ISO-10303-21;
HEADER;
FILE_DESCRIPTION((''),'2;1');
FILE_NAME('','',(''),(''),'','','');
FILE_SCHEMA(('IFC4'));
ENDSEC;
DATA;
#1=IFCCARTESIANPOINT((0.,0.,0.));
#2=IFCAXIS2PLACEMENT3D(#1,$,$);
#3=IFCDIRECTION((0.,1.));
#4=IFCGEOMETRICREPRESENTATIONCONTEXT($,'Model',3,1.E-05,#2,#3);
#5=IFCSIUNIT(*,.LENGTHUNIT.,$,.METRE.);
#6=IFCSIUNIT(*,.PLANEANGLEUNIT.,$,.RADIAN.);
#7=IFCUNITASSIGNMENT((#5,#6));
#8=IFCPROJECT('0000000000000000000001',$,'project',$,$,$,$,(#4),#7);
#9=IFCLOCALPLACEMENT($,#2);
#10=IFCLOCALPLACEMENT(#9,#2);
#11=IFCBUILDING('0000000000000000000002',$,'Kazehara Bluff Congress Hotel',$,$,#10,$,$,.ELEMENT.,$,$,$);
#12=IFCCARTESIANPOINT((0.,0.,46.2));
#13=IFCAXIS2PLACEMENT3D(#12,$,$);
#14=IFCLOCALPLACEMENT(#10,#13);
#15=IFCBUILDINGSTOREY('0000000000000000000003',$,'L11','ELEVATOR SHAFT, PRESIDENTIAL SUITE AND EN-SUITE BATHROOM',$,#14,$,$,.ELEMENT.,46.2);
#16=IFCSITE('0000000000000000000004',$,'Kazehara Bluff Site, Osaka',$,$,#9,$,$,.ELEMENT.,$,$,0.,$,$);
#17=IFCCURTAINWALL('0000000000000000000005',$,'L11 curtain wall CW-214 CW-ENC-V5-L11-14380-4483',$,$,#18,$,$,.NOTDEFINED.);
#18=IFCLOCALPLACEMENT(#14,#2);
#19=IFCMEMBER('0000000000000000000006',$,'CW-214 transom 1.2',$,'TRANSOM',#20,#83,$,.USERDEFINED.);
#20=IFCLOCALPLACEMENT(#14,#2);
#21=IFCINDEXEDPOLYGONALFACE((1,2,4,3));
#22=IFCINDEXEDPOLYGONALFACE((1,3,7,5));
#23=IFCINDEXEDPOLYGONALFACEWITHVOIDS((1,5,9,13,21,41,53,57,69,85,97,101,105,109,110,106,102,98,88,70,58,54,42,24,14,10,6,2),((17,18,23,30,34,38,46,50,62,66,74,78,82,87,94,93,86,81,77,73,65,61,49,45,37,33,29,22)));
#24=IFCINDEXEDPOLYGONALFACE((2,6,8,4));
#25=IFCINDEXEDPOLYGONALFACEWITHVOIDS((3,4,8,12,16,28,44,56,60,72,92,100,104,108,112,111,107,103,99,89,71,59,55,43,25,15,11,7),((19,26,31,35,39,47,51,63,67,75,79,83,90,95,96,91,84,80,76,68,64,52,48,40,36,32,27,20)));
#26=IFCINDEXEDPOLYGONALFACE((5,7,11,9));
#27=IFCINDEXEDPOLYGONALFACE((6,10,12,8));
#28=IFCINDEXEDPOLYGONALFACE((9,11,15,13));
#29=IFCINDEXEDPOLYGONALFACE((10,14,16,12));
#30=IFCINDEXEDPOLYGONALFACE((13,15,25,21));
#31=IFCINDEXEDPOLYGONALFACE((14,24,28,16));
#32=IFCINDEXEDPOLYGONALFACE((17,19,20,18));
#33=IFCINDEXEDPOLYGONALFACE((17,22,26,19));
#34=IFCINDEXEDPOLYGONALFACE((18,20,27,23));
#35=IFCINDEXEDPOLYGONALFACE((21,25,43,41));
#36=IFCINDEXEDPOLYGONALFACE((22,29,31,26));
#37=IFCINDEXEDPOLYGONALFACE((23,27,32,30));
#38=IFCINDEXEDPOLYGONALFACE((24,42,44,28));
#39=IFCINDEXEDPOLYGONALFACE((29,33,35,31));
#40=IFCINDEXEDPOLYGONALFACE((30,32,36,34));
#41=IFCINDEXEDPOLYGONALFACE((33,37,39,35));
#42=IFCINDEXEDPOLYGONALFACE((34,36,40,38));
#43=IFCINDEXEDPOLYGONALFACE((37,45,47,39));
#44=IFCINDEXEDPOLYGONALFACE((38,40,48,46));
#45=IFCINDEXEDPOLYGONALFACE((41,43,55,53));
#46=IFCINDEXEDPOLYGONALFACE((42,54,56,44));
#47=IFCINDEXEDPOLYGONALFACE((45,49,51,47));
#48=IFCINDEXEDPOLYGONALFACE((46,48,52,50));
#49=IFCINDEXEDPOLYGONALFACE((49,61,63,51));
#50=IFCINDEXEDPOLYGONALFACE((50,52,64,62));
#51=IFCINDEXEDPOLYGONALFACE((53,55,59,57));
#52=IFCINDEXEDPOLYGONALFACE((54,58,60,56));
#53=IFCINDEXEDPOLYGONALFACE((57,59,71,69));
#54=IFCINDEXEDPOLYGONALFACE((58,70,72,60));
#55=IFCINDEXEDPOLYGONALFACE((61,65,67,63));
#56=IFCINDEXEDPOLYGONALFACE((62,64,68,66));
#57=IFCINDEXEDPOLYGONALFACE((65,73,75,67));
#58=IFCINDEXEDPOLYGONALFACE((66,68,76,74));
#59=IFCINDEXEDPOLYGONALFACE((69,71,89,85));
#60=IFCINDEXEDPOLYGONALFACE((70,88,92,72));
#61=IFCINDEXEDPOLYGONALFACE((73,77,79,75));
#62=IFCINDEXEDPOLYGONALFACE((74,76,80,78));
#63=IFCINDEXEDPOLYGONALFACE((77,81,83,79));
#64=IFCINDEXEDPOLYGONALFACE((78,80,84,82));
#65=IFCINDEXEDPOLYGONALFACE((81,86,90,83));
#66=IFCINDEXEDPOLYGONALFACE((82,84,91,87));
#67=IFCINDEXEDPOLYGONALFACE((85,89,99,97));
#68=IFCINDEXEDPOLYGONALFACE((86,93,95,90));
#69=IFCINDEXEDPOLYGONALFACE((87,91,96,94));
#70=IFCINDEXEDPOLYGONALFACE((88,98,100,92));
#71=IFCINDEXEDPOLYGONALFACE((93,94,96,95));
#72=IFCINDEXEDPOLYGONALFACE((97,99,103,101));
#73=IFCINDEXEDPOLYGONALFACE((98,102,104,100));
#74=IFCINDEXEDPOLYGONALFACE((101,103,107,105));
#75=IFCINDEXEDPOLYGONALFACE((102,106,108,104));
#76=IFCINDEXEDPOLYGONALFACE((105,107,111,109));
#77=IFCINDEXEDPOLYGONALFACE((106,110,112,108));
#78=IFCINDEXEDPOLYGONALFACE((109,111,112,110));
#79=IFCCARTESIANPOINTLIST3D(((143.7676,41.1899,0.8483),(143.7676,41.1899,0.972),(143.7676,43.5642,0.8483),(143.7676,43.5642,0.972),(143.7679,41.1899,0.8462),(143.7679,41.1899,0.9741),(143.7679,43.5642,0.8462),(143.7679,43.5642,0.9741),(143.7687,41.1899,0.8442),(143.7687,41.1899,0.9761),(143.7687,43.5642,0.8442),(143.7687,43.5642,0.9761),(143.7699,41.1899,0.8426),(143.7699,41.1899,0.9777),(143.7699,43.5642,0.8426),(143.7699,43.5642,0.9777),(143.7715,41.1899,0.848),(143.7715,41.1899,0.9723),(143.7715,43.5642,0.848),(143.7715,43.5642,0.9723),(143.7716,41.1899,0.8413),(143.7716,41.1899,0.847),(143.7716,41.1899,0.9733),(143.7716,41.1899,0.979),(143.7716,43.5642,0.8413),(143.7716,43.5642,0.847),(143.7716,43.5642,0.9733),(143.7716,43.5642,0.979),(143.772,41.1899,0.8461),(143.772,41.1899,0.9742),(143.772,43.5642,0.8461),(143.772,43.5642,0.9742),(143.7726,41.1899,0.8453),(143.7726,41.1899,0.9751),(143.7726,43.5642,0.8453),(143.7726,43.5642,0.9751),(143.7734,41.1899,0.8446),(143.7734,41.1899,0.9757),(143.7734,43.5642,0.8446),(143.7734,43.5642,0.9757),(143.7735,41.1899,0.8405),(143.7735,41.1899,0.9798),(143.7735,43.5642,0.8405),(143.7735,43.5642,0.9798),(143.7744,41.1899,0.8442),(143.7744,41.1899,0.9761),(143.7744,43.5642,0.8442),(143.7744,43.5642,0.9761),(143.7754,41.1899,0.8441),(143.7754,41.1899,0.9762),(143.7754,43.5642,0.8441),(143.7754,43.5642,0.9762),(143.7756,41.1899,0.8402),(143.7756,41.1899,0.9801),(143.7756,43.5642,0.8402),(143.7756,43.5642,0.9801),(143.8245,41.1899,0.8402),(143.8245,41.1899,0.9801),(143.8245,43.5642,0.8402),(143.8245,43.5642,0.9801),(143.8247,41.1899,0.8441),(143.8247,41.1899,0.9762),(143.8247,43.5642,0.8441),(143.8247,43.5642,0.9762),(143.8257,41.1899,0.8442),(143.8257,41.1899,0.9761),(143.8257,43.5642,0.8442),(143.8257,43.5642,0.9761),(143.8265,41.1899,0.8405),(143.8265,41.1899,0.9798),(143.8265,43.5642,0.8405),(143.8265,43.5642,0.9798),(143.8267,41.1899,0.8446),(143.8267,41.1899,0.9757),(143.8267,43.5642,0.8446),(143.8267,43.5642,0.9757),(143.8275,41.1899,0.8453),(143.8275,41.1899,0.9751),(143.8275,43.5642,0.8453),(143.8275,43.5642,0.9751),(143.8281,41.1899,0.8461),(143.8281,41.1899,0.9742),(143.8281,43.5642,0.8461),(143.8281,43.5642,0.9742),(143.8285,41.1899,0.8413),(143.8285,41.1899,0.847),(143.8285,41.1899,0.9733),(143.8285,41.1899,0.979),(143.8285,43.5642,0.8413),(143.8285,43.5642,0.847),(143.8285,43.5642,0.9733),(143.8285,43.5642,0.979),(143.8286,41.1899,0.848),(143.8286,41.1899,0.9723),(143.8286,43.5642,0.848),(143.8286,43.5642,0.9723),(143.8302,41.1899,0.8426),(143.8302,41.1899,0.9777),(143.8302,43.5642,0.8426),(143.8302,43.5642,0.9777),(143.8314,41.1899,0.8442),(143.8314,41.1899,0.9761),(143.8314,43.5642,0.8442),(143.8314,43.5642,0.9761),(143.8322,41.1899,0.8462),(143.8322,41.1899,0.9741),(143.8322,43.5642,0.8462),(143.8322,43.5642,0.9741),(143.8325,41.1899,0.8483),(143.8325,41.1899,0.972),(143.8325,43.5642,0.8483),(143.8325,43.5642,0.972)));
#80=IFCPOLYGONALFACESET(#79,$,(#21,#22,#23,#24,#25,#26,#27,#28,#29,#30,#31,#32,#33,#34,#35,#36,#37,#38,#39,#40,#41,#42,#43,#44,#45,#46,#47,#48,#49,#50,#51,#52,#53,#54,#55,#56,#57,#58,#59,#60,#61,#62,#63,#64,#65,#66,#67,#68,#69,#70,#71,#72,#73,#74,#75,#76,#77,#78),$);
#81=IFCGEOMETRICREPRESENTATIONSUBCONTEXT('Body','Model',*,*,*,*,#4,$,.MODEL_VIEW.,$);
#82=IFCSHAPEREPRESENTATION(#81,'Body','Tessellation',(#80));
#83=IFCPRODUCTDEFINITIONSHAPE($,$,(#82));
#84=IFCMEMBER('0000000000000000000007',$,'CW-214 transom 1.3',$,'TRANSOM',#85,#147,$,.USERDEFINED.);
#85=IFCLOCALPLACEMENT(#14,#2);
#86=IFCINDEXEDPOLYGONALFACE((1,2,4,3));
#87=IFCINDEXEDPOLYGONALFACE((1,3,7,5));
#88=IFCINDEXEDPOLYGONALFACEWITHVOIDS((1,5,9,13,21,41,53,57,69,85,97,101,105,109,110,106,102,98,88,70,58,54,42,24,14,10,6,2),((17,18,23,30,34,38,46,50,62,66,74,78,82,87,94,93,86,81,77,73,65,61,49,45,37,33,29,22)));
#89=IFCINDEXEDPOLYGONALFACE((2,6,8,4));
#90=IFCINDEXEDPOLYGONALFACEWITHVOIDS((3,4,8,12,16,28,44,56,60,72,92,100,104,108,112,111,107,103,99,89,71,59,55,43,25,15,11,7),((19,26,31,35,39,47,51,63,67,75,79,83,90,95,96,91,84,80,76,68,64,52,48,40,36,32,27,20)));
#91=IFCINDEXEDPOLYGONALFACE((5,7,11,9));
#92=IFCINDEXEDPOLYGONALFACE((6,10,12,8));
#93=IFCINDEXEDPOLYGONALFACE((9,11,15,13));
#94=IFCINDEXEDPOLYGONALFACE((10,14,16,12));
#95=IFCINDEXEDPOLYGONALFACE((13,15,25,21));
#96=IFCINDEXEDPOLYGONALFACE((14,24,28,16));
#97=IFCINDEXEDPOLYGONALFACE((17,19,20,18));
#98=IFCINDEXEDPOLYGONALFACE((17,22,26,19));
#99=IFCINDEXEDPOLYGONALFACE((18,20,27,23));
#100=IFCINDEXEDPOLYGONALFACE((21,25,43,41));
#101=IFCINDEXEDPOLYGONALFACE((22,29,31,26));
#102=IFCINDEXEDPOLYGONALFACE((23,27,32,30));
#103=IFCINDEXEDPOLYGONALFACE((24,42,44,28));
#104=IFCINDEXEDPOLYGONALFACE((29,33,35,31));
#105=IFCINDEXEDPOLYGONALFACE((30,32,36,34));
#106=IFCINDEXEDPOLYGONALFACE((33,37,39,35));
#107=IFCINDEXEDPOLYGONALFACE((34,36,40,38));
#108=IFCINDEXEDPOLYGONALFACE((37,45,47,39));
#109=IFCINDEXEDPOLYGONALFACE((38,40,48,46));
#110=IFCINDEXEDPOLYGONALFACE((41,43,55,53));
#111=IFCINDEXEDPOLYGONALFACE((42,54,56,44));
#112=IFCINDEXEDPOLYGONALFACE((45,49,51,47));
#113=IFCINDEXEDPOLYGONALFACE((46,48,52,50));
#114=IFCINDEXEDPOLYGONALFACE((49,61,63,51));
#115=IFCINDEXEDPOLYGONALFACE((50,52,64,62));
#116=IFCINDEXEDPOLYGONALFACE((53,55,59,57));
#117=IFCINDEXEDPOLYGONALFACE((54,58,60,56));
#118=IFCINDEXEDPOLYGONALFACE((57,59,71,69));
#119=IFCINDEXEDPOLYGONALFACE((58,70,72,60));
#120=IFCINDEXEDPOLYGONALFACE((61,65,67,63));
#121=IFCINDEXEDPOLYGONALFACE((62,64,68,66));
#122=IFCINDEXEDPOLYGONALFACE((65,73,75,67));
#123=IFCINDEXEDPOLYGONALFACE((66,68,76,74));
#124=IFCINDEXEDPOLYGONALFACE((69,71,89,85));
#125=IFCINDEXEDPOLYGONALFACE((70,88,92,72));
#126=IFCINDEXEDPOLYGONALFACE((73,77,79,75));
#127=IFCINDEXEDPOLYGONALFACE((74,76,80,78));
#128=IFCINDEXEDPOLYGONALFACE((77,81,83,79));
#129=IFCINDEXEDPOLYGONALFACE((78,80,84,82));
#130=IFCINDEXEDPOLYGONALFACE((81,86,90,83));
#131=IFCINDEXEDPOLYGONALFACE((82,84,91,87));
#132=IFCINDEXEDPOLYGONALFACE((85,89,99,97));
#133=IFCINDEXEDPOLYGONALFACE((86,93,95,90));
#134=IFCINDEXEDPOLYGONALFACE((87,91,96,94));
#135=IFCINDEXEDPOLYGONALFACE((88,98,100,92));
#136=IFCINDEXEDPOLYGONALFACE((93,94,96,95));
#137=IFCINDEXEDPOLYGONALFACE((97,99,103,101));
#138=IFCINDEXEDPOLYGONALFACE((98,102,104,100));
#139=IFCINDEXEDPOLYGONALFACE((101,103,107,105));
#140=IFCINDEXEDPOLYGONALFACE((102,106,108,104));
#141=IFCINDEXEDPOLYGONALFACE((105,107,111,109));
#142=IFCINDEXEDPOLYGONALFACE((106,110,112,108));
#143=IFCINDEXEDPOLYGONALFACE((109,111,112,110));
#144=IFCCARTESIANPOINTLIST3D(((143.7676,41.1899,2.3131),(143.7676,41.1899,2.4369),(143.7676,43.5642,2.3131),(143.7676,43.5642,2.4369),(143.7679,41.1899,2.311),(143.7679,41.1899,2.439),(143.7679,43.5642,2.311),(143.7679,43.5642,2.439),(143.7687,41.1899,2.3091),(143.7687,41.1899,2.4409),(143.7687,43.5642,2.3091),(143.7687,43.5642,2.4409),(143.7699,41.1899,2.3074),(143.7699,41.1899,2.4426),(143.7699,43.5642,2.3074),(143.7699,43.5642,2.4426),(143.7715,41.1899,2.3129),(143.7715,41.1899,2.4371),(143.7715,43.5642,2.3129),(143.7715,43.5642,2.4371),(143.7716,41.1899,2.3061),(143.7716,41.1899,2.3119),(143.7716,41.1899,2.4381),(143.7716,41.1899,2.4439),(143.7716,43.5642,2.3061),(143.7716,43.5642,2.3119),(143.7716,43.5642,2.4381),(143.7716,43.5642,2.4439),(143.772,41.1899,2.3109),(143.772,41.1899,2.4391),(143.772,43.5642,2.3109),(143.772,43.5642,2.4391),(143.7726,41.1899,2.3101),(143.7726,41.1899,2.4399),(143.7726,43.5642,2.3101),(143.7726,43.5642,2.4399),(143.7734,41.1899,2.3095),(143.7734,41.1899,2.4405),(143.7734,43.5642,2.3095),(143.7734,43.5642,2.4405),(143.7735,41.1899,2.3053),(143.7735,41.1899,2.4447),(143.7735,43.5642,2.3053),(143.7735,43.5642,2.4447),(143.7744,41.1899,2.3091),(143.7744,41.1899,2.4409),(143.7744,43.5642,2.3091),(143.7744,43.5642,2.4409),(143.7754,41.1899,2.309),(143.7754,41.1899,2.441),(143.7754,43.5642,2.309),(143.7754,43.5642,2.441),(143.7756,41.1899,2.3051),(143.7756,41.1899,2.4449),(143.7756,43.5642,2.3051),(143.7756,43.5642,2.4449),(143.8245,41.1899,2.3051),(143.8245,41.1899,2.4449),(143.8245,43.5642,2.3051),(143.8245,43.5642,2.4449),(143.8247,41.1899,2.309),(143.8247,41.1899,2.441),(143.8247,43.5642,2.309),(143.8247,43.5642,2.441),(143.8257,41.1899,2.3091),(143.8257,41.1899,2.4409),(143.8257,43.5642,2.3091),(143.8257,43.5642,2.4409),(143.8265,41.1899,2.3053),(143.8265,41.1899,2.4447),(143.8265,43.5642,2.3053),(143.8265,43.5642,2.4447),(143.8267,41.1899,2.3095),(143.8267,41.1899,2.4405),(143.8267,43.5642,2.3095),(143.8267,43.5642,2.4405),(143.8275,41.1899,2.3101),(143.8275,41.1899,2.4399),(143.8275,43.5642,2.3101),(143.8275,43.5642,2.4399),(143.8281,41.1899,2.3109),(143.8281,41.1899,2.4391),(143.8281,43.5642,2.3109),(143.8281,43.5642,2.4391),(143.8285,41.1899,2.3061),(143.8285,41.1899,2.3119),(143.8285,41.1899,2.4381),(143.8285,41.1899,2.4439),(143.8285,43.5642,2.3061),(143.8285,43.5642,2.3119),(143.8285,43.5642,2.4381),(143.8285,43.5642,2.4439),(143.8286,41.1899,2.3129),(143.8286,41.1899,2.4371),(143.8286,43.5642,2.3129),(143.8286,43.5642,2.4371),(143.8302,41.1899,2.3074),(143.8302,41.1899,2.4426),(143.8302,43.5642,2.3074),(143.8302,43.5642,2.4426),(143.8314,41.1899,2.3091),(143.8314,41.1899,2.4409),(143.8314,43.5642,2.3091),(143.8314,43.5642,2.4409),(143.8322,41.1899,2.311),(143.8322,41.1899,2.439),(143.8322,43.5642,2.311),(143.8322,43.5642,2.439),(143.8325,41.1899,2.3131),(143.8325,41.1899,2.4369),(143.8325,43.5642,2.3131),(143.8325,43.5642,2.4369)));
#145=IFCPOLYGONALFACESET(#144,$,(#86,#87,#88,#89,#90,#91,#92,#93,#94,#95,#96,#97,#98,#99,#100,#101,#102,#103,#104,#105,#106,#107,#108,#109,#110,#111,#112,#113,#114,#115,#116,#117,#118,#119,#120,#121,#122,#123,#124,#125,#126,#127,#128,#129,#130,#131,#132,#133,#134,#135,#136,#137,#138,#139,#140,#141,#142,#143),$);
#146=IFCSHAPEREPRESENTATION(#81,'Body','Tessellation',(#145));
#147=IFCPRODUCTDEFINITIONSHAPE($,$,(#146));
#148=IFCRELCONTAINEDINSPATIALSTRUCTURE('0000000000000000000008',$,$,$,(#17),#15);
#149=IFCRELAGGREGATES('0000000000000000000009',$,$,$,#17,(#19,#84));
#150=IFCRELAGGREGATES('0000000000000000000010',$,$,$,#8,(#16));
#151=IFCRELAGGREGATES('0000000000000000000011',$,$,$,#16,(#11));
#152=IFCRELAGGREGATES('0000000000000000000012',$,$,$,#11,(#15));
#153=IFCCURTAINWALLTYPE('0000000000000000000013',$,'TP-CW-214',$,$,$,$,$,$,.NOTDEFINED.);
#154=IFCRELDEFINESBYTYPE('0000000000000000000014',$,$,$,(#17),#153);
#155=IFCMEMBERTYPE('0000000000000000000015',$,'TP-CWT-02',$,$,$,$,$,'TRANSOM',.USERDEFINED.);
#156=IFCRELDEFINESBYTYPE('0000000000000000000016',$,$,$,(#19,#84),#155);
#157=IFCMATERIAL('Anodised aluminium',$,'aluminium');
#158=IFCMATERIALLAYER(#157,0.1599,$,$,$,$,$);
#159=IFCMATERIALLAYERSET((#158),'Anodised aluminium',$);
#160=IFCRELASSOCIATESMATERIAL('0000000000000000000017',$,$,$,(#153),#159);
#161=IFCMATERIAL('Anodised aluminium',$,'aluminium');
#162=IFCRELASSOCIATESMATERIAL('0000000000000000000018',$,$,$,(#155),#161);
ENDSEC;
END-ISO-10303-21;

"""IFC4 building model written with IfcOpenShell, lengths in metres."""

from ifc_helpers import new_model, si_unit, direction, frame, origin, origin_2d, place, context, subcontext, project, spatial, hollow_rectangle, extrude, material, layer, layer_set, material_profile, profile_set, type_object, element, aggregate, save


model = new_model("IFC4")

# Units and contexts
model_context = context("Model", 3, precision=1e-05, world=origin(), true_north=direction((0.0, 1.0)))
body_context = subcontext(model_context, "Body", "Model", "MODEL_VIEW")
ifc_project = project(units=[si_unit("LENGTHUNIT", "METRE"), si_unit("PLANEANGLEUNIT", "RADIAN")], contexts=[model_context])

# Site, building, storey
site_placement = place(None, origin())
site = spatial("IfcSite", under=ifc_project, at=site_placement, Name="Kazehara Bluff Site, Osaka", CompositionType="ELEMENT", RefElevation=0.0)
building_placement = place(site_placement, origin())
building = spatial("IfcBuilding", under=site, at=building_placement, Name="Kazehara Bluff Congress Hotel", CompositionType="ELEMENT")
storey_placement = place(building_placement, frame((0.0, 0.0, 46.2)))
storey = spatial("IfcBuildingStorey", under=building, at=storey_placement, Name="L11", Description="ELEVATOR SHAFT, PRESIDENTIAL SUITE AND EN-SUITE BATHROOM", CompositionType="ELEMENT", Elevation=46.2)

# Curtain wall, members
ifc_material_1 = material(Name="Anodised aluminium", Category="aluminium")
ifc_layer_1 = layer(ifc_material_1, 0.1599)
ifc_layer_set_1 = layer_set([ifc_layer_1], Name="Anodised aluminium")
curtain_wall_type_1 = type_object("IfcCurtainWallType", Name="TP-CW-214", PredefinedType="NOTDEFINED", material=ifc_layer_set_1)
curtain_wall_1_placement = place(storey_placement, origin())
curtain_wall_1 = element("IfcCurtainWall", 1, at=curtain_wall_1_placement, inside=storey, type_object=curtain_wall_type_1, Name="L11 curtain wall CW-214 CW-ENC-V5-L11-14380-4483", PredefinedType="NOTDEFINED")
ifc_material_2 = material(Name="Anodised aluminium", Category="aluminium")
ifc_material_profile_1 = material_profile(ifc_material_2, hollow_rectangle(XDim=0.0649, YDim=0.1399, WallThickness=0.0039, InnerFilletRadius=0.0039, OuterFilletRadius=0.0081, at=origin_2d()))
ifc_profile_set_1 = profile_set([ifc_material_profile_1], Name="Anodised aluminium")
member_type_1 = type_object("IfcMemberType", Name="TP-CWT-02", ElementType="TRANSOM", PredefinedType="USERDEFINED", material=ifc_profile_set_1)
member_1_placement = place(storey_placement, frame((143.8, 41.1899, 0.9102), z_axis=(0.0, 1.0, 0.0), x_axis=(-1.0, 0.0, 0.0)))
member_1 = element("IfcMember", 2, at=member_1_placement, type_object=member_type_1, Name="CW-214 transom 1.2", ObjectType="TRANSOM", PredefinedType="USERDEFINED", context=body_context, shape_type="SweptSolid", body=[
    extrude(hollow_rectangle(XDim=0.0649, YDim=0.1399, WallThickness=0.0039, InnerFilletRadius=0.0039, OuterFilletRadius=0.0081, at=origin_2d()), origin(), (0.0, 0.0, 1.0), 2.3743),
])
member_2_placement = place(storey_placement, frame((143.8, 41.1899, 2.375), z_axis=(0.0, 1.0, 0.0), x_axis=(-1.0, 0.0, 0.0)))
member_2 = element("IfcMember", 3, at=member_2_placement, type_object=member_type_1, Name="CW-214 transom 1.3", ObjectType="TRANSOM", PredefinedType="USERDEFINED", context=body_context, shape_type="SweptSolid", body=[
    extrude(hollow_rectangle(XDim=0.0649, YDim=0.1399, WallThickness=0.0039, InnerFilletRadius=0.0039, OuterFilletRadius=0.0081, at=origin_2d()), origin(), (0.0, 0.0, 1.0), 2.3743),
])

aggregate(curtain_wall_1, [member_1, member_2])

save(model, "model.ifc")
